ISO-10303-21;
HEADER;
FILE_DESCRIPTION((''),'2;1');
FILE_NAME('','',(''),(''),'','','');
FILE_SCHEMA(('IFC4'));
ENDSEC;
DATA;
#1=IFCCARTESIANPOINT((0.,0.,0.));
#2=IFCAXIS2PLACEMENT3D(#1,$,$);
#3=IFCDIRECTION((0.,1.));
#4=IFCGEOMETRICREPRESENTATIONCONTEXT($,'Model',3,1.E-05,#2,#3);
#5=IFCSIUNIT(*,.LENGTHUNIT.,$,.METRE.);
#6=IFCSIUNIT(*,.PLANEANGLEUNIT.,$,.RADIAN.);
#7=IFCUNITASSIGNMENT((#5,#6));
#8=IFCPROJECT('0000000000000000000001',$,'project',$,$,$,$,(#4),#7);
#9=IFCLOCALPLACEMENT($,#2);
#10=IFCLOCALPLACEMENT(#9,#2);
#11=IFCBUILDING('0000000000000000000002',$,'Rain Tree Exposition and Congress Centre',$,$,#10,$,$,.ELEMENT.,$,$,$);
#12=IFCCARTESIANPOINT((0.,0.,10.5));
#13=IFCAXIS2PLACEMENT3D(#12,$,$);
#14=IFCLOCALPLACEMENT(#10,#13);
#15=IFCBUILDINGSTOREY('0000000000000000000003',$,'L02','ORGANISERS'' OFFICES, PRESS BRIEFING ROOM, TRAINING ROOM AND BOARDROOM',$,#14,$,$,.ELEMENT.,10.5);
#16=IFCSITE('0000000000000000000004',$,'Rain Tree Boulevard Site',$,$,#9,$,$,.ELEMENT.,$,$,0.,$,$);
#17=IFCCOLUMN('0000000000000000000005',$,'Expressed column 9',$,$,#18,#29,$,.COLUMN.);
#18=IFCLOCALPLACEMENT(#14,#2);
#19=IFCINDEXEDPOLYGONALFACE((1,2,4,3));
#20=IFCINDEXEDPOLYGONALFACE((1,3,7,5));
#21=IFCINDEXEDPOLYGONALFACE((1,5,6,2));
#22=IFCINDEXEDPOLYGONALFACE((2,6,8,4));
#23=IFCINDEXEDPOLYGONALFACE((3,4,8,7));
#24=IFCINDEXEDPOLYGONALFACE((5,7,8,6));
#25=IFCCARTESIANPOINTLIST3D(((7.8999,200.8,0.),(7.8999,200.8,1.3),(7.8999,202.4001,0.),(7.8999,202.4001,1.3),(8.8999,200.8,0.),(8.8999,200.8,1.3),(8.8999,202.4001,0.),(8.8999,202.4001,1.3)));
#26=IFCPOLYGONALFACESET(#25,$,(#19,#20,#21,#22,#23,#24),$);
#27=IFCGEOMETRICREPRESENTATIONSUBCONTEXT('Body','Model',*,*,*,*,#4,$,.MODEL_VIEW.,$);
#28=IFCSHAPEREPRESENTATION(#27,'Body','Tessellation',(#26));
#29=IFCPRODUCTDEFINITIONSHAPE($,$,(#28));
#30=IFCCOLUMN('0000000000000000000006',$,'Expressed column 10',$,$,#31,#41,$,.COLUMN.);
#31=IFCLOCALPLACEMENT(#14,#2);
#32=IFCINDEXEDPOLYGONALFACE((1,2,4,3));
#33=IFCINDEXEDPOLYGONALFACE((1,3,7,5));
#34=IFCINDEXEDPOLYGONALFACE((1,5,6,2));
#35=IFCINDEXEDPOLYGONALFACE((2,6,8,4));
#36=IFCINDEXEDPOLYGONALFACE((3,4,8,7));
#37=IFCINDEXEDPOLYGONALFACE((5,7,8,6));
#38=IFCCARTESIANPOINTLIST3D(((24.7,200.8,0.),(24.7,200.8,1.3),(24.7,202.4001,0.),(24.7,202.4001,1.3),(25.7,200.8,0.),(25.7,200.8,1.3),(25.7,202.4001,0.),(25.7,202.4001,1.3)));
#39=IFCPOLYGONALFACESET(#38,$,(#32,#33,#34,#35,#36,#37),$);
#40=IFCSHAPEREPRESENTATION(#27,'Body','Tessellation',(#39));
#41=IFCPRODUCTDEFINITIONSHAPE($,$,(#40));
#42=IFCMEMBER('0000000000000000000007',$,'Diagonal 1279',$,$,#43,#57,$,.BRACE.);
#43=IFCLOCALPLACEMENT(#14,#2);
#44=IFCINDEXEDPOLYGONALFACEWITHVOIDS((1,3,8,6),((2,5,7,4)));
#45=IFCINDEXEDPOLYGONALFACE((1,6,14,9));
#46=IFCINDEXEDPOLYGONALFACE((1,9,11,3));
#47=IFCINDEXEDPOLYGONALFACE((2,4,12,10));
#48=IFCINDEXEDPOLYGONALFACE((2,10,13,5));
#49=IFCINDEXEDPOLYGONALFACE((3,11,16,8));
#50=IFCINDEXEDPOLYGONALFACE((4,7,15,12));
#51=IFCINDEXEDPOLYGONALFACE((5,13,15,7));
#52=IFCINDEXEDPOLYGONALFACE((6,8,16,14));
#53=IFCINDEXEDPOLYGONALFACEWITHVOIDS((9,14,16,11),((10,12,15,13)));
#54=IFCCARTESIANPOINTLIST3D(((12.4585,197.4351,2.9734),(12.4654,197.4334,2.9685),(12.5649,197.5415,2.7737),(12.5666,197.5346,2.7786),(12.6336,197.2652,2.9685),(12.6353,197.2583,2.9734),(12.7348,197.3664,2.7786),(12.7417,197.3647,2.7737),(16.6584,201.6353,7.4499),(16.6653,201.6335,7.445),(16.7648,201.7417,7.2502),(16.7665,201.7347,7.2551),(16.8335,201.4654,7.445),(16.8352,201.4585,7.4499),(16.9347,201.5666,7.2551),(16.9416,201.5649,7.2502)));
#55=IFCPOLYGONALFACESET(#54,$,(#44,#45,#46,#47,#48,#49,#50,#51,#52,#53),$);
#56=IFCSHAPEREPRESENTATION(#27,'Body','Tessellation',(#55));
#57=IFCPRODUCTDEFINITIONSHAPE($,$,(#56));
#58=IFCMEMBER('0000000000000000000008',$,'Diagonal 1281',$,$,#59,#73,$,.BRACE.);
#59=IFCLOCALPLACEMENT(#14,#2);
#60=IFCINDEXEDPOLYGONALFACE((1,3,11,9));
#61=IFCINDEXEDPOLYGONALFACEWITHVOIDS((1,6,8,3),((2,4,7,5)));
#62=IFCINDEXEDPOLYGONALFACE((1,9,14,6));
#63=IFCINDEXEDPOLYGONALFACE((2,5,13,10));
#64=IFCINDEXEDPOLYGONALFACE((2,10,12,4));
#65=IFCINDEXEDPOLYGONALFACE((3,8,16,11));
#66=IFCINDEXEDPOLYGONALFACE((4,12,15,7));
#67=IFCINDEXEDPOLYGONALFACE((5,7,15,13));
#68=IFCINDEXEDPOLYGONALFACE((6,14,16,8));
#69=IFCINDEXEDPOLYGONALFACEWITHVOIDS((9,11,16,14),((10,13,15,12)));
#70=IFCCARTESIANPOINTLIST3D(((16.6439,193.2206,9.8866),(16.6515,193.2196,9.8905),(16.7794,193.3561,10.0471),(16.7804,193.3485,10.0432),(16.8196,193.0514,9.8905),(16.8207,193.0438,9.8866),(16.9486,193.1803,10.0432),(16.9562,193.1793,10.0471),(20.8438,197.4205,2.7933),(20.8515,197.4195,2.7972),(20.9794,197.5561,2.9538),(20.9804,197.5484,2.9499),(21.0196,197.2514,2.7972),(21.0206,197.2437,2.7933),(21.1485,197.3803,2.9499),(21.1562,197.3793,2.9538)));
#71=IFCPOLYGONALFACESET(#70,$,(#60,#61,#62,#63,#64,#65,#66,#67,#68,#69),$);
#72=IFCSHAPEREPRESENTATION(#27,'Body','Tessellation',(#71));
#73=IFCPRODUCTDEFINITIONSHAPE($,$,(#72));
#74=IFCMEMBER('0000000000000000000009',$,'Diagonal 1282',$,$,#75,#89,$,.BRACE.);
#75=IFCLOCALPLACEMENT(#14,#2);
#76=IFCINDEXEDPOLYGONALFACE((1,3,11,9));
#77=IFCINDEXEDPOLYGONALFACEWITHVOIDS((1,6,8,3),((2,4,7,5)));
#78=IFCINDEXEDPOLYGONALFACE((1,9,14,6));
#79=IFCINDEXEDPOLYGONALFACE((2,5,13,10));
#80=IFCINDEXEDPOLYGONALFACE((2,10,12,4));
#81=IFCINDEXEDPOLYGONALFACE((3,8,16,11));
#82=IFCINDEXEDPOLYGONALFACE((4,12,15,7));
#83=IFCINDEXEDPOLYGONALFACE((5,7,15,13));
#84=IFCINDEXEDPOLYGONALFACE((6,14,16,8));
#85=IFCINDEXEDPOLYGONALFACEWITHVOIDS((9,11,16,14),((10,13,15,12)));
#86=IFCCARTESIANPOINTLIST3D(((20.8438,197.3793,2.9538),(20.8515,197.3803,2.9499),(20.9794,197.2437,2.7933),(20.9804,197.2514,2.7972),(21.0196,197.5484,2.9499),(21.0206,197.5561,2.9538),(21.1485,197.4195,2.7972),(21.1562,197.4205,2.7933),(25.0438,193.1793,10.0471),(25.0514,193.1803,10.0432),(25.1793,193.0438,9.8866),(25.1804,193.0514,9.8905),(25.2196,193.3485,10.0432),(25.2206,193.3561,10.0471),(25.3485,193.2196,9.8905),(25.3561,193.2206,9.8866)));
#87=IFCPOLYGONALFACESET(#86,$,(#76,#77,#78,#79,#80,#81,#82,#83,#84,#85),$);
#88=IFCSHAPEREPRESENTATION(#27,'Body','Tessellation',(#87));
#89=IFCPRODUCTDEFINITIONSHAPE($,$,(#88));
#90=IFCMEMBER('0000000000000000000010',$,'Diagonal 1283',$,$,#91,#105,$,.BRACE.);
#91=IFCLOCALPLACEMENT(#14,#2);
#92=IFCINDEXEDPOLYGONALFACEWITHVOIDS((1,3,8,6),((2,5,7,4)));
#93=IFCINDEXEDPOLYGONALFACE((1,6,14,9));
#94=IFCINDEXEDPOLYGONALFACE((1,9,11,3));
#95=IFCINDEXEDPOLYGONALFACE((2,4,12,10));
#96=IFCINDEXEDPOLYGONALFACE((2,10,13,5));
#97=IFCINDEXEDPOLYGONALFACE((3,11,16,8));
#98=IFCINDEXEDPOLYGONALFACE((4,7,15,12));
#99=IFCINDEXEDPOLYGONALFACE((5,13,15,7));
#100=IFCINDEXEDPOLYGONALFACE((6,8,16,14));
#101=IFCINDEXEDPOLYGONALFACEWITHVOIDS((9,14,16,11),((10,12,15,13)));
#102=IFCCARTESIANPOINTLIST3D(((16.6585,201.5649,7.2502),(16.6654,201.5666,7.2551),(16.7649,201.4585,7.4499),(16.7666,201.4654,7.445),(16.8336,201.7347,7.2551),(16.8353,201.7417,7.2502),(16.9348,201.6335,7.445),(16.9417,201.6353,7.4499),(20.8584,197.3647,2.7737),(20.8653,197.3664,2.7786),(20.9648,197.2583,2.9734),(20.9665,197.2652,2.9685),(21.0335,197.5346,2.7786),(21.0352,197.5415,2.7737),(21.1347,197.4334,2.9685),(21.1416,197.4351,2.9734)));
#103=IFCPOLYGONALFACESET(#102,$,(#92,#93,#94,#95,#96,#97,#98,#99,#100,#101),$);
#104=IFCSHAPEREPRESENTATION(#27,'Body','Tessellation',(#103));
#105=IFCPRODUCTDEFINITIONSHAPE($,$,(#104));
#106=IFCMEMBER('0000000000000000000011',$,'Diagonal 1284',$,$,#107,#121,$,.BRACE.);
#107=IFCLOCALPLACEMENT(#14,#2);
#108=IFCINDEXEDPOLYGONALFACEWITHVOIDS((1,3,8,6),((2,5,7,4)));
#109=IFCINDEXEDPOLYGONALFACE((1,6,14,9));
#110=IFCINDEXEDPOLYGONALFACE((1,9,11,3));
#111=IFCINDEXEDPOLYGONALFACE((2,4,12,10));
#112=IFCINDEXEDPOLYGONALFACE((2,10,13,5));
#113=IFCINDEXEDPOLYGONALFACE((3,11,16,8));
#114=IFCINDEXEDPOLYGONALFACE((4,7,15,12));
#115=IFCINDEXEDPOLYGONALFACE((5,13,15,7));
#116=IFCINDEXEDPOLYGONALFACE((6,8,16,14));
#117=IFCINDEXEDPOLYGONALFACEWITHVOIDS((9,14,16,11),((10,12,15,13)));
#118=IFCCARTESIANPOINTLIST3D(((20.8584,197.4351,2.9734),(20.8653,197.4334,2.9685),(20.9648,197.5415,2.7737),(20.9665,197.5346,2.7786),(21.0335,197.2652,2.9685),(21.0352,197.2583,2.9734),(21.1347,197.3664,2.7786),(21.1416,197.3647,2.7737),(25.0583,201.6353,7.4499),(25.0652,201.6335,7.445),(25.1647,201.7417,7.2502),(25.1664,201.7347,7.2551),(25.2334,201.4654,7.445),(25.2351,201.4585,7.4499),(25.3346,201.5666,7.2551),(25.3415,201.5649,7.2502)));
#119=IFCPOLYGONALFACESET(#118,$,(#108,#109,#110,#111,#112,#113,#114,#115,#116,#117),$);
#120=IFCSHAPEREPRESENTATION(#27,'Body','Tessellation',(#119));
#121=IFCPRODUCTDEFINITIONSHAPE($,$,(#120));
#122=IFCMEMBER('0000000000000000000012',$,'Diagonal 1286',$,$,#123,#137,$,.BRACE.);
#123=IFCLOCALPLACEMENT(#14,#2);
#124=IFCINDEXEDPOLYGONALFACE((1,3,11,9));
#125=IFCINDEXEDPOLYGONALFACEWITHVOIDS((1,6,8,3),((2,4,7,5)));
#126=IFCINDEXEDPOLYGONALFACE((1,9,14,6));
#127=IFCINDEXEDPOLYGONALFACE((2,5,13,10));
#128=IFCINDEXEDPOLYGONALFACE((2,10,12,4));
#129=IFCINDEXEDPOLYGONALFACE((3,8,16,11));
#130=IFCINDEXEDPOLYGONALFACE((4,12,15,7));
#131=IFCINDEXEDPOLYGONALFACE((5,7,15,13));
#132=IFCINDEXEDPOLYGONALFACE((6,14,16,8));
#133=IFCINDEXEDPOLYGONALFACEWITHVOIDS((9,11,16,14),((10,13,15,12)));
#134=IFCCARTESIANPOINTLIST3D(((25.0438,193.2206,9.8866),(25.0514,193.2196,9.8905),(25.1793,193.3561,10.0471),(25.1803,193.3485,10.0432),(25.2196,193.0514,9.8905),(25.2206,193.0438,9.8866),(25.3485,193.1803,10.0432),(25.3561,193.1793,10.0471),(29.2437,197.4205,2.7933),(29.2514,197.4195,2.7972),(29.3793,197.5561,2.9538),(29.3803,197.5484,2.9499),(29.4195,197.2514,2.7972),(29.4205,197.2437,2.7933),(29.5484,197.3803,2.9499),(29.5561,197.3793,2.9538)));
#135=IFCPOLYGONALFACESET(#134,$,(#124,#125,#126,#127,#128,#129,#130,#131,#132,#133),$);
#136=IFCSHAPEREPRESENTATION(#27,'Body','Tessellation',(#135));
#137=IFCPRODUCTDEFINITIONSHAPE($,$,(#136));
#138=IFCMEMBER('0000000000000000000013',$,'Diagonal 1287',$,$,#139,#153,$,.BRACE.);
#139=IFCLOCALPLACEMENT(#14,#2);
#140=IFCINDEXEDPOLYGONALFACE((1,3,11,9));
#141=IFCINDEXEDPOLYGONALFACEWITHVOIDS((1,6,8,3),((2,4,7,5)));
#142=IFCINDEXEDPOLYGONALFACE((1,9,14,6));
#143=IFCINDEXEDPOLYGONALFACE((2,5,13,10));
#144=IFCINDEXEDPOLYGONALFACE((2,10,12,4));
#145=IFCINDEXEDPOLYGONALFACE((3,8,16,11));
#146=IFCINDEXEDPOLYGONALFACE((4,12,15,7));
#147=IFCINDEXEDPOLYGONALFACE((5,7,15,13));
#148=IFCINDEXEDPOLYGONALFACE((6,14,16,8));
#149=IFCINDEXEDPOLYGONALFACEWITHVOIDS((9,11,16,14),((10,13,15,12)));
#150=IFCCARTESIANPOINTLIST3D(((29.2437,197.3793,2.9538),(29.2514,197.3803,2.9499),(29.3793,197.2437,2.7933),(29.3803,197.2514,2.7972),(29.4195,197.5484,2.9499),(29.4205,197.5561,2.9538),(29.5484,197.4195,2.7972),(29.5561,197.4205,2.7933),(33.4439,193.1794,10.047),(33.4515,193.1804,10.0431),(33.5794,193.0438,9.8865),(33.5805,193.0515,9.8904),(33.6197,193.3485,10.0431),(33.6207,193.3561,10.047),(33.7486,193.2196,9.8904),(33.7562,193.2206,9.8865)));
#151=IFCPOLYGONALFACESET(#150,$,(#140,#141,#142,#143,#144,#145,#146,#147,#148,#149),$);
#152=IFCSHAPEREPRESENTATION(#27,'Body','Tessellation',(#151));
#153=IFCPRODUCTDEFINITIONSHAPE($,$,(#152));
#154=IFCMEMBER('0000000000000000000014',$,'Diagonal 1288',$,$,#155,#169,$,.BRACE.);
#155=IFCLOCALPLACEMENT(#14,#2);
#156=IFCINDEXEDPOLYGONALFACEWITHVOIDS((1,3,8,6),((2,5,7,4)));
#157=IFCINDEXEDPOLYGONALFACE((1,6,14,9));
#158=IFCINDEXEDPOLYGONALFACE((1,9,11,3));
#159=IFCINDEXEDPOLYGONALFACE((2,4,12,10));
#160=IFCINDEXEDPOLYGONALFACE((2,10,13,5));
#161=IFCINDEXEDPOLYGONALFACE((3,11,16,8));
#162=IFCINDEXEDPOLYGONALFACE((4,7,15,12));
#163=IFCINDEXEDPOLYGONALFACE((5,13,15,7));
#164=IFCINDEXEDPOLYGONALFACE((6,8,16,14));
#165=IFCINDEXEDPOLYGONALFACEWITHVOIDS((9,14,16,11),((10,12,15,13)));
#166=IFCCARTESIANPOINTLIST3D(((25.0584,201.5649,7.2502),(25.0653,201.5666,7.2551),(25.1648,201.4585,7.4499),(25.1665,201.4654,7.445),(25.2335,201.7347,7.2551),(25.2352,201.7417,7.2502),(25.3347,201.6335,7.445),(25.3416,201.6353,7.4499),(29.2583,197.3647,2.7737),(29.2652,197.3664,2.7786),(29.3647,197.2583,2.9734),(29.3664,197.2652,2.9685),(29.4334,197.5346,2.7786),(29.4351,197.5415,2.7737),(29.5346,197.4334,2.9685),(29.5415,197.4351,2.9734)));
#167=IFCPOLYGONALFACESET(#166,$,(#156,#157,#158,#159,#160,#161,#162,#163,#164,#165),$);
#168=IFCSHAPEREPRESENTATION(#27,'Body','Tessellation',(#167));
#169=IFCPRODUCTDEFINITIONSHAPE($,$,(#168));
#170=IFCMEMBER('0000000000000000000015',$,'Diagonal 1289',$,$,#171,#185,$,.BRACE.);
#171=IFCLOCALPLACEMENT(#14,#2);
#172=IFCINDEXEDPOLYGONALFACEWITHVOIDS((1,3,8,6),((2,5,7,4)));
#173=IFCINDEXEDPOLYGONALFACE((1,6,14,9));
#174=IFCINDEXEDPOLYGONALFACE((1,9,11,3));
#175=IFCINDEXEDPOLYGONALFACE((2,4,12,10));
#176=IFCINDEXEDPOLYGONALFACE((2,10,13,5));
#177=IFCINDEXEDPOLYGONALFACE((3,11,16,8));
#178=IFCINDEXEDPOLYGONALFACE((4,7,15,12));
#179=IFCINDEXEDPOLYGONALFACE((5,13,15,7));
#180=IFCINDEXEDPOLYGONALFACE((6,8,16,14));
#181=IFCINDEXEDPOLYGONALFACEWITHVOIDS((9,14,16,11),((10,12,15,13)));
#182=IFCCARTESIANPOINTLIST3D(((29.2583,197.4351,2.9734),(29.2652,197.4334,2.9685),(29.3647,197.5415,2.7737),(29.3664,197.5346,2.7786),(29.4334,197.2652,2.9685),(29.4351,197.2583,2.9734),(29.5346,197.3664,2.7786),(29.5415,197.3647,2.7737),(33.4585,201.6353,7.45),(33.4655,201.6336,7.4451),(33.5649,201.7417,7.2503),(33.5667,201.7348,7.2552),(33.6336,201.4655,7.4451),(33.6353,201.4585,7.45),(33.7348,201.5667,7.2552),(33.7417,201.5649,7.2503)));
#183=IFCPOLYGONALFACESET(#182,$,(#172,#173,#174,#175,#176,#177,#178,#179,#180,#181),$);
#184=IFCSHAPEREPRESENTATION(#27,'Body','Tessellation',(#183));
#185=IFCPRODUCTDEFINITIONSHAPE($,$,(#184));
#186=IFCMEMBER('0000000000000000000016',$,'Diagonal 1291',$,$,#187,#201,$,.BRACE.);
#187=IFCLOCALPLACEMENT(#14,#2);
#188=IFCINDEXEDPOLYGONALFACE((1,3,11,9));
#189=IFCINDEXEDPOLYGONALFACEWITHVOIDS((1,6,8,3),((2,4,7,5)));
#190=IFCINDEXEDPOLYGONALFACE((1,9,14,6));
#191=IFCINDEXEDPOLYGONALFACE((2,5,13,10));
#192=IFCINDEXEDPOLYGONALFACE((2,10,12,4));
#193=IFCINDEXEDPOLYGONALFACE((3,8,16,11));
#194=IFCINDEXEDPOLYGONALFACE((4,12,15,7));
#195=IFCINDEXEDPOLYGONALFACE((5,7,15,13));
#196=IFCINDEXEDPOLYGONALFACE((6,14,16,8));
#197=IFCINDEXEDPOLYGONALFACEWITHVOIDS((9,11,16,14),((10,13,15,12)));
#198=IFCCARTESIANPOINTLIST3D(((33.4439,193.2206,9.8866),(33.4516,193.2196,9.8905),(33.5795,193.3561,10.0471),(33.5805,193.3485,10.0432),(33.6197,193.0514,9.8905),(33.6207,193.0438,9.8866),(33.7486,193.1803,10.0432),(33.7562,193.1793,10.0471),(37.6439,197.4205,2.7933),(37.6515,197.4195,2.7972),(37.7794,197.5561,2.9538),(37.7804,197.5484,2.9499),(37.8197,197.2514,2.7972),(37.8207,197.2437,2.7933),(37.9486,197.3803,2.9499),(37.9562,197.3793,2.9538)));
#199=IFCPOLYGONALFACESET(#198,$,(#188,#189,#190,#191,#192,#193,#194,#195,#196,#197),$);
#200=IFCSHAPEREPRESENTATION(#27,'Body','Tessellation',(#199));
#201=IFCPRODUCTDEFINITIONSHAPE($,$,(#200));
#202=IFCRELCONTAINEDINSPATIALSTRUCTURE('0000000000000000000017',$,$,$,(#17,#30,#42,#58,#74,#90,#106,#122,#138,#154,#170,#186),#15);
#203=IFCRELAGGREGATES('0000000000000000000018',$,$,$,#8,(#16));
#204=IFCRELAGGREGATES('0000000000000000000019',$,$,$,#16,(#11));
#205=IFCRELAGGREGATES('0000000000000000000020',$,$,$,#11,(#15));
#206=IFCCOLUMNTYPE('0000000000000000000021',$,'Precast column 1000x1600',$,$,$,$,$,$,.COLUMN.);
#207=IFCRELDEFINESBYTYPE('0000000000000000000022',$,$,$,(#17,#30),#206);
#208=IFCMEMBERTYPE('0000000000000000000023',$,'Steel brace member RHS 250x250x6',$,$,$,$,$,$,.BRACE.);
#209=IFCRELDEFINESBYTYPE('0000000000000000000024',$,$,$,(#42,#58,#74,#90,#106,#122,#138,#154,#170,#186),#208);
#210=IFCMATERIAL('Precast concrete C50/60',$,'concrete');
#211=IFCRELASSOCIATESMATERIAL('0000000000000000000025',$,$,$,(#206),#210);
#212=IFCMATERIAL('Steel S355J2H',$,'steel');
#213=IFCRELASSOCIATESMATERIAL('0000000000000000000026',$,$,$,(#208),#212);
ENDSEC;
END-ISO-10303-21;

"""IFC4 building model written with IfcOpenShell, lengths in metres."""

from ifc_helpers import new_model, si_unit, direction, frame, origin, origin_2d, place, context, subcontext, project, spatial, rectangle, hollow_rectangle, extrude, material, material_profile, profile_set, type_object, element, save


model = new_model("IFC4")

# Units and contexts
model_context = context("Model", 3, precision=1e-05, world=origin(), true_north=direction((0.0, 1.0)))
body_context = subcontext(model_context, "Body", "Model", "MODEL_VIEW")
ifc_project = project(units=[si_unit("LENGTHUNIT", "METRE"), si_unit("PLANEANGLEUNIT", "RADIAN")], contexts=[model_context])

# Site, building, storey
site_placement = place(None, origin())
site = spatial("IfcSite", under=ifc_project, at=site_placement, Name="Rain Tree Boulevard Site", CompositionType="ELEMENT", RefElevation=0.0)
building_placement = place(site_placement, origin())
building = spatial("IfcBuilding", under=site, at=building_placement, Name="Rain Tree Exposition and Congress Centre", CompositionType="ELEMENT")
storey_placement = place(building_placement, frame((0.0, 0.0, 10.5)))
storey = spatial("IfcBuildingStorey", under=building, at=storey_placement, Name="L02", Description="ORGANISERS' OFFICES, PRESS BRIEFING ROOM, TRAINING ROOM AND BOARDROOM", CompositionType="ELEMENT", Elevation=10.5)

# Columns
ifc_material_1 = material(Name="Precast concrete C50/60", Category="concrete")
ifc_material_profile_1 = material_profile(ifc_material_1, rectangle(XDim=1.0, YDim=1.6001, at=origin_2d()), Name="RC 1000x1600")
ifc_profile_set_1 = profile_set([ifc_material_profile_1], Name="Precast concrete C50/60")
column_type = type_object("IfcColumnType", Name="Precast column 1000x1600", PredefinedType="COLUMN", material=ifc_profile_set_1)
for number, where, z_axis, x_axis, name in (
    (1, (8.3999, 201.6001, 0.0), (0.0, 0.0, 1.0), (1.0, 0.0, 0.0), "Expressed column 9"),
    (2, (25.2, 201.6001, 0.0), (0.0, 0.0, 1.0), (1.0, 0.0, 0.0), "Expressed column 10"),
):
    element("IfcColumn", number, at=place(storey_placement, frame(where, z_axis=z_axis, x_axis=x_axis)), inside=storey, type_object=column_type, Name=name, PredefinedType="COLUMN", context=body_context, shape_type="SweptSolid", body=[
        extrude(rectangle(XDim=1.0, YDim=1.6001, at=origin_2d()), origin(), (0.0, 0.0, 1.0), 1.3),
    ])

# Members
ifc_material_2 = material(Name="Steel S355J2H", Category="steel")
ifc_material_profile_2 = material_profile(ifc_material_2, hollow_rectangle(XDim=0.25, YDim=0.25, WallThickness=0.0061, at=origin_2d()), Name="RHS 250x250x6")
ifc_profile_set_2 = profile_set([ifc_material_profile_2], Name="Steel S355J2H")
member_type_1 = type_object("IfcMemberType", Name="Steel brace member RHS 250x250x6", PredefinedType="BRACE", material=ifc_profile_set_2)
member_1_placement = place(storey_placement, frame((12.6001, 197.3999, 2.8735), z_axis=(0.564677, 0.564709, 0.601867), x_axis=(-0.707127, 0.707086, 0.0)))
element("IfcMember", 3, at=member_1_placement, inside=storey, type_object=member_type_1, Name="Diagonal 1279", PredefinedType="BRACE", context=body_context, shape_type="SweptSolid", body=[
    extrude(hollow_rectangle(XDim=0.25, YDim=0.25, WallThickness=0.0061, at=origin_2d()), origin(), (0.0, 0.0, 1.0), 7.4377),
])
for number, where, z_axis, x_axis, name in (
    (4, (21.0, 197.3999, 2.8735), (-0.453966, -0.453966, 0.7667), (0.707107, -0.707107, 0.0), "Diagonal 1281"),
    (5, (21.0, 197.3999, 2.8735), (0.453966, -0.453966, 0.7667), (0.707107, 0.707107, 0.0), "Diagonal 1282"),
):
    element("IfcMember", number, at=place(storey_placement, frame(where, z_axis=z_axis, x_axis=x_axis)), inside=storey, type_object=member_type_1, Name=name, PredefinedType="BRACE", context=body_context, shape_type="SweptSolid", body=[
        extrude(hollow_rectangle(XDim=0.25, YDim=0.25, WallThickness=0.0061, at=origin_2d()), origin(), (0.0, 0.0, 1.0), 9.2517),
    ])
for number, where, z_axis, x_axis, name in (
    (6, (21.0, 197.3999, 2.8735), (-0.564677, 0.564709, 0.601867), (-0.707127, -0.707086, 0.0), "Diagonal 1283"),
    (7, (21.0, 197.3999, 2.8735), (0.564677, 0.564709, 0.601867), (-0.707127, 0.707086, 0.0), "Diagonal 1284"),
):
    element("IfcMember", number, at=place(storey_placement, frame(where, z_axis=z_axis, x_axis=x_axis)), inside=storey, type_object=member_type_1, Name=name, PredefinedType="BRACE", context=body_context, shape_type="SweptSolid", body=[
        extrude(hollow_rectangle(XDim=0.25, YDim=0.25, WallThickness=0.0061, at=origin_2d()), origin(), (0.0, 0.0, 1.0), 7.4377),
    ])
for number, where, z_axis, x_axis, name in (
    (8, (29.3999, 197.3999, 2.8735), (-0.453966, -0.453966, 0.7667), (0.707107, -0.707107, 0.0), "Diagonal 1286"),
    (9, (29.3999, 197.3999, 2.8735), (0.453987, -0.453961, 0.766691), (0.707086, 0.707127, 0.0), "Diagonal 1287"),
):
    element("IfcMember", number, at=place(storey_placement, frame(where, z_axis=z_axis, x_axis=x_axis)), inside=storey, type_object=member_type_1, Name=name, PredefinedType="BRACE", context=body_context, shape_type="SweptSolid", body=[
        extrude(hollow_rectangle(XDim=0.25, YDim=0.25, WallThickness=0.0061, at=origin_2d()), origin(), (0.0, 0.0, 1.0), 9.2517),
    ])
member_2_placement = place(storey_placement, frame((29.3999, 197.3999, 2.8735), z_axis=(-0.564677, 0.564709, 0.601867), x_axis=(-0.707127, -0.707086, 0.0)))
element("IfcMember", 10, at=member_2_placement, inside=storey, type_object=member_type_1, Name="Diagonal 1288", PredefinedType="BRACE", context=body_context, shape_type="SweptSolid", body=[
    extrude(hollow_rectangle(XDim=0.25, YDim=0.25, WallThickness=0.0061, at=origin_2d()), origin(), (0.0, 0.0, 1.0), 7.4377),
])
member_3_placement = place(storey_placement, frame((29.3999, 197.3999, 2.8735), z_axis=(0.564699, 0.564699, 0.601855), x_axis=(-0.707107, 0.707107, 0.0)))
element("IfcMember", 11, at=member_3_placement, inside=storey, type_object=member_type_1, Name="Diagonal 1289", PredefinedType="BRACE", context=body_context, shape_type="SweptSolid", body=[
    extrude(hollow_rectangle(XDim=0.25, YDim=0.25, WallThickness=0.0061, at=origin_2d()), origin(), (0.0, 0.0, 1.0), 7.438),
])
for number, where, z_axis, x_axis, name in (
    (12, (37.8, 197.3999, 2.8735), (-0.453966, -0.453966, 0.7667), (0.707107, -0.707107, 0.0), "Diagonal 1291"),
):
    element("IfcMember", number, at=place(storey_placement, frame(where, z_axis=z_axis, x_axis=x_axis)), inside=storey, type_object=member_type_1, Name=name, PredefinedType="BRACE", context=body_context, shape_type="SweptSolid", body=[
        extrude(hollow_rectangle(XDim=0.25, YDim=0.25, WallThickness=0.0061, at=origin_2d()), origin(), (0.0, 0.0, 1.0), 9.2517),
    ])

save(model, "model.ifc")
